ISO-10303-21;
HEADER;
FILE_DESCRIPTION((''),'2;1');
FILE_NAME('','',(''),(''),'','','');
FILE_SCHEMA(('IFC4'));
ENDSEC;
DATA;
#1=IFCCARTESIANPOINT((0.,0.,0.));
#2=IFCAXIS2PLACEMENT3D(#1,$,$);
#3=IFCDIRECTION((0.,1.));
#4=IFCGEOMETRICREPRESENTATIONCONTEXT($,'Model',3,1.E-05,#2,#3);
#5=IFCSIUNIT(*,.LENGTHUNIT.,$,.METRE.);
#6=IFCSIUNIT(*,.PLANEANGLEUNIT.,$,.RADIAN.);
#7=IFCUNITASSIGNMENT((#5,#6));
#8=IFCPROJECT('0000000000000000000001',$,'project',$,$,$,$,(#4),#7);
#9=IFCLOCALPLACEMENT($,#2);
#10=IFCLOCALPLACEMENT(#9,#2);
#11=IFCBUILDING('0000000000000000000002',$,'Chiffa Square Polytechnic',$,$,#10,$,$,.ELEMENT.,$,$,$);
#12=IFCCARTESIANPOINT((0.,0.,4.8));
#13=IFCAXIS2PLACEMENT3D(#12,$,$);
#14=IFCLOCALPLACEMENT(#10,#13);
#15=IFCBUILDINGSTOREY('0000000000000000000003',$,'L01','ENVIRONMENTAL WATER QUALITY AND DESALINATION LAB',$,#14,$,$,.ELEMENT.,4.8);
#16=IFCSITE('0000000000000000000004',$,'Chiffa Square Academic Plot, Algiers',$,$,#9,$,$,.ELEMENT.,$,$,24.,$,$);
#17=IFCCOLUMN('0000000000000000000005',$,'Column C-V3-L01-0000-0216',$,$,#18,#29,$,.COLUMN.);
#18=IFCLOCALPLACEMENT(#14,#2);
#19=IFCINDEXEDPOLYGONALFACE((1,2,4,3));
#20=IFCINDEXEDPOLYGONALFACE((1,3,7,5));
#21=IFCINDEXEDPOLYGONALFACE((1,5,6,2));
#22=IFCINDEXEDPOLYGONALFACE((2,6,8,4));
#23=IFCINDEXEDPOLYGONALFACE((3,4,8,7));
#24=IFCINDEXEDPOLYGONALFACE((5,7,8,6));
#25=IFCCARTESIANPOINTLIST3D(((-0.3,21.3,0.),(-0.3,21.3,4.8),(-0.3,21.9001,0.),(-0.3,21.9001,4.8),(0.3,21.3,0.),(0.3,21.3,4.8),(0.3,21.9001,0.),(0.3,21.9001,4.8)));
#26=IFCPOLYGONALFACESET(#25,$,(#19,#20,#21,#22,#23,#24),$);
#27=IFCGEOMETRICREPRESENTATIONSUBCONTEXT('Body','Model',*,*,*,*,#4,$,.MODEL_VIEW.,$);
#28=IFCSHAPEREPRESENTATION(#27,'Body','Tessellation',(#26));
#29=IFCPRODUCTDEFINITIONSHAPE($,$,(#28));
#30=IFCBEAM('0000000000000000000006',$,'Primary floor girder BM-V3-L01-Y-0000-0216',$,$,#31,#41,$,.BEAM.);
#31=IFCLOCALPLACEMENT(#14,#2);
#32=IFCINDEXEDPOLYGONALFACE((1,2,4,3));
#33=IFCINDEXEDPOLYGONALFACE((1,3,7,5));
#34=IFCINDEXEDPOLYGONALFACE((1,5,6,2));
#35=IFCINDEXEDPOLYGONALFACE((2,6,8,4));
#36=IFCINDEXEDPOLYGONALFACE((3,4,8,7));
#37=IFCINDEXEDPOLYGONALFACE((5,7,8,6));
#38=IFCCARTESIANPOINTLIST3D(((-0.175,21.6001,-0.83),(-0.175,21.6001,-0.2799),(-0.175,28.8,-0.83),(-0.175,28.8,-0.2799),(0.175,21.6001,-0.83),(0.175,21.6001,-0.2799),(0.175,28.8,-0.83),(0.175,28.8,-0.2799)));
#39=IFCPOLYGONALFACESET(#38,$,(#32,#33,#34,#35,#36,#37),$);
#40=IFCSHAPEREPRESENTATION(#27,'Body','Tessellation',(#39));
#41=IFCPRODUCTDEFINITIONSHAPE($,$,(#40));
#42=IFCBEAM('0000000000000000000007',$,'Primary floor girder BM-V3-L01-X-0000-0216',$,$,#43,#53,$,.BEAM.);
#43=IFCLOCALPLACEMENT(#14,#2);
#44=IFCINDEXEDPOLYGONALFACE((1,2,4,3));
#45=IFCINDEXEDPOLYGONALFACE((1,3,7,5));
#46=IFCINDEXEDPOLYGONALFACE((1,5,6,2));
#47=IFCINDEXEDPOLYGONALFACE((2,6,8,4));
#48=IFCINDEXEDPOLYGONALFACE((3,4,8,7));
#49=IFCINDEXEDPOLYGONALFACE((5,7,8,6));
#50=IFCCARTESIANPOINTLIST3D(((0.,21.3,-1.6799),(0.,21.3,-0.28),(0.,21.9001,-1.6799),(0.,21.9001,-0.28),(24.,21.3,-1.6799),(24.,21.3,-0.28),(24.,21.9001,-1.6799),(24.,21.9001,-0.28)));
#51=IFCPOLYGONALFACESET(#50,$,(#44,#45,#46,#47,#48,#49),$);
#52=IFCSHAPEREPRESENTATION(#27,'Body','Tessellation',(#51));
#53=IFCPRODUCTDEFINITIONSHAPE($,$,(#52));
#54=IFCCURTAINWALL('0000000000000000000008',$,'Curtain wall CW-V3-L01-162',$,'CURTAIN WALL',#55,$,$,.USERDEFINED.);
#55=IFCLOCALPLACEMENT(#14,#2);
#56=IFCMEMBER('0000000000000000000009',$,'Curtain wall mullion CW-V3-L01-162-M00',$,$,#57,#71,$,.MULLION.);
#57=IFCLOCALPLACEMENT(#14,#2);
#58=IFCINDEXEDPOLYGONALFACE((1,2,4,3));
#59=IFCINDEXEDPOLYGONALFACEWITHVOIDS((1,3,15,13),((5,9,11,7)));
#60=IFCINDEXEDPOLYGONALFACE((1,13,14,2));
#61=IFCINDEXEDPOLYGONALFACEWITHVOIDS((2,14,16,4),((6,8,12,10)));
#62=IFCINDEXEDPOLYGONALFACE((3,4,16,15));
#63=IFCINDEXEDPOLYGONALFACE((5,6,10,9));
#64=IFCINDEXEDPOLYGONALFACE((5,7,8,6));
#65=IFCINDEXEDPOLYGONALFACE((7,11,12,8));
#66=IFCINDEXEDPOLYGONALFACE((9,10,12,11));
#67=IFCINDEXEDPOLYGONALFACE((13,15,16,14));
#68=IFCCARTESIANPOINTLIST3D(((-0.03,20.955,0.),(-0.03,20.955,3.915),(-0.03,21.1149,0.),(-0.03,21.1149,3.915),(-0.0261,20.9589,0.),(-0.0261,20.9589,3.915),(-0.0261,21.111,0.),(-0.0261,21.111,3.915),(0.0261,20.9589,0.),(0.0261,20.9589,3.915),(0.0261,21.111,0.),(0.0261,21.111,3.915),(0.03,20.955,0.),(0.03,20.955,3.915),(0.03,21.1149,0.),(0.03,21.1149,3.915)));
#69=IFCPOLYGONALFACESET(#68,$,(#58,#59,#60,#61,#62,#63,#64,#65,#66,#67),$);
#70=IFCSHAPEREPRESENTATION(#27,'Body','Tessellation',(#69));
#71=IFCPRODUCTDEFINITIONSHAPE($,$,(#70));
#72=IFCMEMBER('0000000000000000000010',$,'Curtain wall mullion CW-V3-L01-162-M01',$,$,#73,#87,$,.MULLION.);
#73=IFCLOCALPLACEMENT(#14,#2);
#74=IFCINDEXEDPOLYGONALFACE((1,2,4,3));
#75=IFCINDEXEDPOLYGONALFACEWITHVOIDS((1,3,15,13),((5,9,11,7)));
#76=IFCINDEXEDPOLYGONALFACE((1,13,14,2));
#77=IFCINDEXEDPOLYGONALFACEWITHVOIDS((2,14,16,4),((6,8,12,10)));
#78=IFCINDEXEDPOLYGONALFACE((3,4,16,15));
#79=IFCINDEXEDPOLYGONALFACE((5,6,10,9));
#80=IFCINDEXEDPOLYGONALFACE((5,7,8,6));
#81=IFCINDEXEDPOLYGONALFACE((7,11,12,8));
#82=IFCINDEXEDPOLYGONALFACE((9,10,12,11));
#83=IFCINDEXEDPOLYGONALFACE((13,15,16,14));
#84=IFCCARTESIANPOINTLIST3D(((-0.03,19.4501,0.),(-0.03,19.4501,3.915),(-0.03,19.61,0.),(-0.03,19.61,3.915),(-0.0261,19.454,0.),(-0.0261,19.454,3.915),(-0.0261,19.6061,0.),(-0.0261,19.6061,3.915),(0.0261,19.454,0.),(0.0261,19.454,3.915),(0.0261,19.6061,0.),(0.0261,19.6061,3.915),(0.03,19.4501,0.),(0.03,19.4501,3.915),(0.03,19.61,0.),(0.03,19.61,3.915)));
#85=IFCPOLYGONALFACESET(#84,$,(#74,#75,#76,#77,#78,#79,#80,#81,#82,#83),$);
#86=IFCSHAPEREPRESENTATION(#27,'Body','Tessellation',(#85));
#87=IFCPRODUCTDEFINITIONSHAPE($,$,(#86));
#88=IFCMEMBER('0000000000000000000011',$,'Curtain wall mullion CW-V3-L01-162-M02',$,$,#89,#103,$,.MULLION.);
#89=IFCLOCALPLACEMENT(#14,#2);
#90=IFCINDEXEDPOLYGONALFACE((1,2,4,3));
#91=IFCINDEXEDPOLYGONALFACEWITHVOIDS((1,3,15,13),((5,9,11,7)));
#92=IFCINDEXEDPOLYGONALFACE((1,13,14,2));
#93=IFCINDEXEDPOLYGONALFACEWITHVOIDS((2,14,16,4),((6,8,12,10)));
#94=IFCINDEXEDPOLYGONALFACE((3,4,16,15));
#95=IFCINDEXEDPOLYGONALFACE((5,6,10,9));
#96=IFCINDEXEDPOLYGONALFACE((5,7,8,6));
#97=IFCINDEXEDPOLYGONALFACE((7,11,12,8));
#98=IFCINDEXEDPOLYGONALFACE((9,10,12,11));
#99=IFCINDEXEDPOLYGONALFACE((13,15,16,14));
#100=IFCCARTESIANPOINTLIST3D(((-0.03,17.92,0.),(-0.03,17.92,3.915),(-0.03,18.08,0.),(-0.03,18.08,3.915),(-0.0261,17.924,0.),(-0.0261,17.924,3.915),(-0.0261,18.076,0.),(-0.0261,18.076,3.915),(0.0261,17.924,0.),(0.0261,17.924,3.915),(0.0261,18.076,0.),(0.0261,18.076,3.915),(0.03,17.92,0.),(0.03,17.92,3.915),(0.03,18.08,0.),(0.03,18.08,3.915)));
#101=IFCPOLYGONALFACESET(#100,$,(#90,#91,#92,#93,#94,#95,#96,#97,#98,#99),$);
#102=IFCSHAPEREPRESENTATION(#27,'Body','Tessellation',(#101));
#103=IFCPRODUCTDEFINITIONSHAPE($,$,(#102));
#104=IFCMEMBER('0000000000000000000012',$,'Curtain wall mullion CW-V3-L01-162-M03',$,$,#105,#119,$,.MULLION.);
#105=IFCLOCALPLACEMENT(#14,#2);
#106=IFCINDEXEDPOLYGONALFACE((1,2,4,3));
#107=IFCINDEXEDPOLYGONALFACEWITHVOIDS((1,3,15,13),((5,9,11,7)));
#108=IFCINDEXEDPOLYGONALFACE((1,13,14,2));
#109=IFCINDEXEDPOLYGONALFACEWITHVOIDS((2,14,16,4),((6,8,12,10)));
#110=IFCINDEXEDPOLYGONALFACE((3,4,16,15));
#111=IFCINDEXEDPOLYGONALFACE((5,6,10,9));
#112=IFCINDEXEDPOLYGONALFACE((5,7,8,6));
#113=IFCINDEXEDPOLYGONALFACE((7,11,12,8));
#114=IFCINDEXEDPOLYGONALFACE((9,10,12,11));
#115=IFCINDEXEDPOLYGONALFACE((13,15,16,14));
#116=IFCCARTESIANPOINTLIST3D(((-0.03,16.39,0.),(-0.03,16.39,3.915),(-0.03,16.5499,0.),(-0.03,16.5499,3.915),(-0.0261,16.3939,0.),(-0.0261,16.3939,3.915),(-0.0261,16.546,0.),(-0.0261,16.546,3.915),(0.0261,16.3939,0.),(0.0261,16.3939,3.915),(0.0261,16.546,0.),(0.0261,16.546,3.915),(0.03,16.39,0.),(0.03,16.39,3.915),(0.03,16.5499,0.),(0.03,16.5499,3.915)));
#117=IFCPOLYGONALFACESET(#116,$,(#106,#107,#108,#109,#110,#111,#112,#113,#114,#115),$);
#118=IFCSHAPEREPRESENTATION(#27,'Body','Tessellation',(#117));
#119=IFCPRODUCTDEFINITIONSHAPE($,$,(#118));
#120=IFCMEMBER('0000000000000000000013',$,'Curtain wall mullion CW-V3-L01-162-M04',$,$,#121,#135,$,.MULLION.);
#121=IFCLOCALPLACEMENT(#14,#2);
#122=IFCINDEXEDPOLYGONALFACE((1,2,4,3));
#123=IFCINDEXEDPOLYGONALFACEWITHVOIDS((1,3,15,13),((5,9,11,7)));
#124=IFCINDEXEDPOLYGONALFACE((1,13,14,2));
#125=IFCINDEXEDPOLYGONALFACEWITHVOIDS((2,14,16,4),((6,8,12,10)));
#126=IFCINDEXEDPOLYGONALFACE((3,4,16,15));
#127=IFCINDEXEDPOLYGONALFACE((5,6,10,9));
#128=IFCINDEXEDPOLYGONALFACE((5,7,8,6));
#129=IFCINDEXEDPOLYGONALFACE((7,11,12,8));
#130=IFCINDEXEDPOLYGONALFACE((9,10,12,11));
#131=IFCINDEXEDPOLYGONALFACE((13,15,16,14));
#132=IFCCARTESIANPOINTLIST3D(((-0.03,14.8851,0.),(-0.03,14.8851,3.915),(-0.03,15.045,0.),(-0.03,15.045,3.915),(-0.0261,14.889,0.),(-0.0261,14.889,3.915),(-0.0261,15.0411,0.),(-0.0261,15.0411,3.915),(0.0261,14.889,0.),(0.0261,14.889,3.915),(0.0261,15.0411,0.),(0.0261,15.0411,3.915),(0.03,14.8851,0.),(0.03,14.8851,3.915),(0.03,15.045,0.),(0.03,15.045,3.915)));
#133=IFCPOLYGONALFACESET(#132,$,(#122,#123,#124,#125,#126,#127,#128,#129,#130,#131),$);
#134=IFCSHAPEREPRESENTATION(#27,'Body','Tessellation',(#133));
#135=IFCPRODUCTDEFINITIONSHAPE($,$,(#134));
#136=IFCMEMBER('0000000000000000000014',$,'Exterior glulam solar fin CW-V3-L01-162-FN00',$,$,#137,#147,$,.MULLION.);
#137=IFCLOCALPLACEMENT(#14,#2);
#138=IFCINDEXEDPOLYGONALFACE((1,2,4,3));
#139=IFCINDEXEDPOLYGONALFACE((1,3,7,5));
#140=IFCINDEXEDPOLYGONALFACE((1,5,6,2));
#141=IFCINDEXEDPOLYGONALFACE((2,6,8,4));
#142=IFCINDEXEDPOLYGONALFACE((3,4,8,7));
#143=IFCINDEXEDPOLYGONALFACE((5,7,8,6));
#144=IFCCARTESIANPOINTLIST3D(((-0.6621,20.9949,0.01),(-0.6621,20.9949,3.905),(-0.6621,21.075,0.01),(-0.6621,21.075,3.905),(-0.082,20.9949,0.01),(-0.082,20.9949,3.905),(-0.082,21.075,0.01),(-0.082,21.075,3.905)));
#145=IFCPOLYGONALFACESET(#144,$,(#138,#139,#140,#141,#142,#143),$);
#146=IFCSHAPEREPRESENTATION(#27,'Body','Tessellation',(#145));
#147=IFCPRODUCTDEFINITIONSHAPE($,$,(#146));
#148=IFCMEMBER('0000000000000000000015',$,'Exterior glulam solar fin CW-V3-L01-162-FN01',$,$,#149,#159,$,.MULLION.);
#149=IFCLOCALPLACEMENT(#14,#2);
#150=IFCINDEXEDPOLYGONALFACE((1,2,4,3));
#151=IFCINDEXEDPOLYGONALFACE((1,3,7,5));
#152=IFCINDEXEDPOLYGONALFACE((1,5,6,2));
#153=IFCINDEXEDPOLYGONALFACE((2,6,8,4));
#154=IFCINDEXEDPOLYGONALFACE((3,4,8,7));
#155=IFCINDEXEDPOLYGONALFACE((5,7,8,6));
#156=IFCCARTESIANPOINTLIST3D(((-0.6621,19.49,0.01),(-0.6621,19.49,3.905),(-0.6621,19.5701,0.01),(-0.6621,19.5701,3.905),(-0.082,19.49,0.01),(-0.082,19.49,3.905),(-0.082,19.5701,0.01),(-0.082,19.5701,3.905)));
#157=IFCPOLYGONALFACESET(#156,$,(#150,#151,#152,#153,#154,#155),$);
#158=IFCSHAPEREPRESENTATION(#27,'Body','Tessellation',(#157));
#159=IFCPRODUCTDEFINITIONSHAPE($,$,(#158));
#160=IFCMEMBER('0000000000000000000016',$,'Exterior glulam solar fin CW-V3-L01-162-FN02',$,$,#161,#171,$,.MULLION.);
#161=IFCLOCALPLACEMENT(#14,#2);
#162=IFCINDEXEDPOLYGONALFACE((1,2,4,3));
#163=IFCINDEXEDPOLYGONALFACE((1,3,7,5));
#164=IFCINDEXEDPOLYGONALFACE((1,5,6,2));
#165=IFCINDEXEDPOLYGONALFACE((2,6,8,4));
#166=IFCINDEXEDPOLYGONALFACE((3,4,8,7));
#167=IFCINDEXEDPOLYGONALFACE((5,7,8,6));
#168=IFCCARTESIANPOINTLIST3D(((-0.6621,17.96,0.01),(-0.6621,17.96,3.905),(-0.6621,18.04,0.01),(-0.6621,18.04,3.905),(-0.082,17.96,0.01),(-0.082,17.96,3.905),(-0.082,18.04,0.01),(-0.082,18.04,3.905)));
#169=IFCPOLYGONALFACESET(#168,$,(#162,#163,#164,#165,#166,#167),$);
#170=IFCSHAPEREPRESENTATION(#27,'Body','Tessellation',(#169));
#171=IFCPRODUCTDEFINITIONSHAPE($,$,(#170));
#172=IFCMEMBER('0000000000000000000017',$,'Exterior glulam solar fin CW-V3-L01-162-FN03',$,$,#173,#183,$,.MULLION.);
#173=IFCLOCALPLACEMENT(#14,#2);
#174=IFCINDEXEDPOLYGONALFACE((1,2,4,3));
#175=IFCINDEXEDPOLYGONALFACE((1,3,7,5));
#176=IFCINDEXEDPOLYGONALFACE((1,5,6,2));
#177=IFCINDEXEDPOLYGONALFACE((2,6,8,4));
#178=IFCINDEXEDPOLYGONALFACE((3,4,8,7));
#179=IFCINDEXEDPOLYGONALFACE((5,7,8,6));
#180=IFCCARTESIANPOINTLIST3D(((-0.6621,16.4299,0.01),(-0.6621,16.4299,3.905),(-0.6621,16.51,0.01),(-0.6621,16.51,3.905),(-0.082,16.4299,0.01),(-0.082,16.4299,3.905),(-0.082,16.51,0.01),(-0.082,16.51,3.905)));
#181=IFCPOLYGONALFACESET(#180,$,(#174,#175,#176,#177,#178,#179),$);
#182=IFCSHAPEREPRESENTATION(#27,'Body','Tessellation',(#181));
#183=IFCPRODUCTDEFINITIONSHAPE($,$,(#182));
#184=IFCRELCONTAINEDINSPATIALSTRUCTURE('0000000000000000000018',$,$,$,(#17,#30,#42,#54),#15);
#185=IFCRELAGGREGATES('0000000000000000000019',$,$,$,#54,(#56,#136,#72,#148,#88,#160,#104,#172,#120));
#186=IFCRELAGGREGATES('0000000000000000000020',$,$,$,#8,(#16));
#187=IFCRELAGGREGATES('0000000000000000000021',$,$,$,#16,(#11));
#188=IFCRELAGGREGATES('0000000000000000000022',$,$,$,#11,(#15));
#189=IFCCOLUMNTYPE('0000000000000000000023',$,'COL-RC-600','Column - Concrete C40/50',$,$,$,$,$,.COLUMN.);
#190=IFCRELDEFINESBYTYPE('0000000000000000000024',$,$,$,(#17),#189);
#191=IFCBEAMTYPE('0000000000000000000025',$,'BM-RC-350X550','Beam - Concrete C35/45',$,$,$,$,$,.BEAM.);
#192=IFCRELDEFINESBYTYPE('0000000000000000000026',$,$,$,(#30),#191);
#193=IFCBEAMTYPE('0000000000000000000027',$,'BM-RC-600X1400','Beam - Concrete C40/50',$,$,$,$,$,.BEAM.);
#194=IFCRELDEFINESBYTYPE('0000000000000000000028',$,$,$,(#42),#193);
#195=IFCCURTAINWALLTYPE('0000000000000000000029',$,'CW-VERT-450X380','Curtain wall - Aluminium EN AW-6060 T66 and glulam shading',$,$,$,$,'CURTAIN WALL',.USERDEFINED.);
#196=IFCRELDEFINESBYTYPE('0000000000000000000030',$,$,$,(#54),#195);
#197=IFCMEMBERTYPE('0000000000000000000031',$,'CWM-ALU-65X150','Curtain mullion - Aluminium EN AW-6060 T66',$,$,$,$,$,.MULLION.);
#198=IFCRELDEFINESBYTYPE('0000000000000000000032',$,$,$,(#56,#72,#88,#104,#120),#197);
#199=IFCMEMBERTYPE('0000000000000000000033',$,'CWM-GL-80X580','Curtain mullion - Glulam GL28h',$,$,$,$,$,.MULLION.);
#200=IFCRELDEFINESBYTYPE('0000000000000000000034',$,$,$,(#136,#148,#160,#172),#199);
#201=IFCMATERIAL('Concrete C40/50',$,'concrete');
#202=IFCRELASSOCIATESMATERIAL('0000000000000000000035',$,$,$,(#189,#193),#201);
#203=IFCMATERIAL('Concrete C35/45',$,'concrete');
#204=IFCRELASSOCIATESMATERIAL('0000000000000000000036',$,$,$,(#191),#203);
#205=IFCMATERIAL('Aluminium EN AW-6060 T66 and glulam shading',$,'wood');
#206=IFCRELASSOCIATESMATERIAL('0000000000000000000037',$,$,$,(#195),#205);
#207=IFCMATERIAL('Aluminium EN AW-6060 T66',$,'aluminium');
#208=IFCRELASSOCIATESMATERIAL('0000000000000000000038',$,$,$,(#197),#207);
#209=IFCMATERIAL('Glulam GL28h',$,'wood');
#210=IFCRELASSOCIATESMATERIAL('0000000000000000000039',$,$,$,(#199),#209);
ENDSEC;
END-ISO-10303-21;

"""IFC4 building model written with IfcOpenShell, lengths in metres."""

from ifc_helpers import new_model, si_unit, direction, frame, origin, origin_2d, place, context, subcontext, project, spatial, rectangle, hollow_rectangle, extrude, material, material_profile, profile_set, type_object, element, aggregate, save


model = new_model("IFC4")

# Units and contexts
model_context = context("Model", 3, precision=1e-05, world=origin(), true_north=direction((0.0, 1.0)))
body_context = subcontext(model_context, "Body", "Model", "MODEL_VIEW")
ifc_project = project(units=[si_unit("LENGTHUNIT", "METRE"), si_unit("PLANEANGLEUNIT", "RADIAN")], contexts=[model_context])

# Site, building, storey
site_placement = place(None, origin())
site = spatial("IfcSite", under=ifc_project, at=site_placement, Name="Chiffa Square Academic Plot, Algiers", CompositionType="ELEMENT", RefElevation=24.0)
building_placement = place(site_placement, origin())
building = spatial("IfcBuilding", under=site, at=building_placement, Name="Chiffa Square Polytechnic", CompositionType="ELEMENT")
storey_placement = place(building_placement, frame((0.0, 0.0, 4.8)))
storey = spatial("IfcBuildingStorey", under=building, at=storey_placement, Name="L01", Description="ENVIRONMENTAL WATER QUALITY AND DESALINATION LAB", CompositionType="ELEMENT", Elevation=4.8)

# Column
ifc_material_1 = material(Name="Concrete C40/50", Category="concrete")
ifc_material_profile_1 = material_profile(ifc_material_1, rectangle(XDim=0.6001, YDim=0.6001, at=origin_2d()), Name="RC 600x600")
ifc_profile_set_1 = profile_set([ifc_material_profile_1], Name="Concrete C40/50")
column_type = type_object("IfcColumnType", Name="COL-RC-600", Description="Column - Concrete C40/50", PredefinedType="COLUMN", material=ifc_profile_set_1)
column_placement = place(storey_placement, frame((0.0, 21.6001, 0.0), z_axis=(0.0, 0.0, 1.0), x_axis=(1.0, 0.0, 0.0)))
element("IfcColumn", 1, at=column_placement, inside=storey, type_object=column_type, Name="Column C-V3-L01-0000-0216", PredefinedType="COLUMN", context=body_context, shape_type="SweptSolid", body=[
    extrude(rectangle(XDim=0.6001, YDim=0.6001, at=origin_2d()), origin(), (0.0, 0.0, 1.0), 4.8),
])

# Beams
ifc_material_2 = material(Name="Concrete C35/45", Category="concrete")
ifc_material_profile_2 = material_profile(ifc_material_2, rectangle(XDim=0.3501, YDim=0.55, at=origin_2d()), Name="RC 350x550")
ifc_profile_set_2 = profile_set([ifc_material_profile_2], Name="Concrete C35/45")
beam_type_1 = type_object("IfcBeamType", Name="BM-RC-350X550", Description="Beam - Concrete C35/45", PredefinedType="BEAM", material=ifc_profile_set_2)
beam_1_placement = place(storey_placement, frame((0.0, 21.6001, -0.5549), z_axis=(0.0, 1.0, 0.0), x_axis=(-1.0, 0.0, 0.0)))
element("IfcBeam", 2, at=beam_1_placement, inside=storey, type_object=beam_type_1, Name="Primary floor girder BM-V3-L01-Y-0000-0216", PredefinedType="BEAM", context=body_context, shape_type="SweptSolid", body=[
    extrude(rectangle(XDim=0.3501, YDim=0.55, at=origin_2d()), origin(), (0.0, 0.0, 1.0), 7.2),
])
ifc_material_profile_3 = material_profile(ifc_material_1, rectangle(XDim=0.6001, YDim=1.3999, at=origin_2d()), Name="RC 600x1400")
ifc_profile_set_3 = profile_set([ifc_material_profile_3], Name="Concrete C40/50")
beam_type_2 = type_object("IfcBeamType", Name="BM-RC-600X1400", Description="Beam - Concrete C40/50", PredefinedType="BEAM", material=ifc_profile_set_3)
beam_2_placement = place(storey_placement, frame((0.0, 21.6001, -0.98), z_axis=(1.0, 0.0, 0.0), x_axis=(0.0, 1.0, 0.0)))
element("IfcBeam", 3, at=beam_2_placement, inside=storey, type_object=beam_type_2, Name="Primary floor girder BM-V3-L01-X-0000-0216", PredefinedType="BEAM", context=body_context, shape_type="SweptSolid", body=[
    extrude(rectangle(XDim=0.6001, YDim=1.3999, at=origin_2d()), origin(), (0.0, 0.0, 1.0), 24.0),
])

# Curtain wall, members
ifc_material_3 = material(Name="Aluminium EN AW-6060 T66 and glulam shading", Category="wood")
curtain_wall_type = type_object("IfcCurtainWallType", Name="CW-VERT-450X380", Description="Curtain wall - Aluminium EN AW-6060 T66 and glulam shading", ElementType="CURTAIN WALL", PredefinedType="USERDEFINED", material=ifc_material_3)
curtain_wall_placement = place(storey_placement, origin())
curtain_wall = element("IfcCurtainWall", 4, at=curtain_wall_placement, inside=storey, type_object=curtain_wall_type, Name="Curtain wall CW-V3-L01-162", ObjectType="CURTAIN WALL", PredefinedType="USERDEFINED")
ifc_material_4 = material(Name="Aluminium EN AW-6060 T66", Category="aluminium")
ifc_material_profile_4 = material_profile(ifc_material_4, hollow_rectangle(XDim=0.0601, YDim=0.1599, WallThickness=0.0039, at=origin_2d()), Name="ALU 60x160x4")
ifc_profile_set_4 = profile_set([ifc_material_profile_4], Name="Aluminium EN AW-6060 T66")
member_type_1 = type_object("IfcMemberType", Name="CWM-ALU-65X150", Description="Curtain mullion - Aluminium EN AW-6060 T66", PredefinedType="MULLION", material=ifc_profile_set_4)
member_1_placement = place(storey_placement, frame((0.0, 21.0349, 0.0), z_axis=(0.0, 0.0, 1.0), x_axis=(1.0, 0.0, 0.0)))
member_1 = element("IfcMember", 5, at=member_1_placement, type_object=member_type_1, Name="Curtain wall mullion CW-V3-L01-162-M00", PredefinedType="MULLION", context=body_context, shape_type="SweptSolid", body=[
    extrude(hollow_rectangle(XDim=0.0601, YDim=0.1599, WallThickness=0.0039, at=origin_2d()), origin(), (0.0, 0.0, 1.0), 3.915),
])
member_2_placement = place(storey_placement, frame((0.0, 19.53, 0.0), z_axis=(0.0, 0.0, 1.0), x_axis=(1.0, 0.0, 0.0)))
member_2 = element("IfcMember", 6, at=member_2_placement, type_object=member_type_1, Name="Curtain wall mullion CW-V3-L01-162-M01", PredefinedType="MULLION", context=body_context, shape_type="SweptSolid", body=[
    extrude(hollow_rectangle(XDim=0.0601, YDim=0.1599, WallThickness=0.0039, at=origin_2d()), origin(), (0.0, 0.0, 1.0), 3.915),
])
member_3_placement = place(storey_placement, frame((0.0, 18.0, 0.0), z_axis=(0.0, 0.0, 1.0), x_axis=(1.0, 0.0, 0.0)))
member_3 = element("IfcMember", 7, at=member_3_placement, type_object=member_type_1, Name="Curtain wall mullion CW-V3-L01-162-M02", PredefinedType="MULLION", context=body_context, shape_type="SweptSolid", body=[
    extrude(hollow_rectangle(XDim=0.0601, YDim=0.1599, WallThickness=0.0039, at=origin_2d()), origin(), (0.0, 0.0, 1.0), 3.915),
])
member_4_placement = place(storey_placement, frame((0.0, 16.47, 0.0), z_axis=(0.0, 0.0, 1.0), x_axis=(1.0, 0.0, 0.0)))
member_4 = element("IfcMember", 8, at=member_4_placement, type_object=member_type_1, Name="Curtain wall mullion CW-V3-L01-162-M03", PredefinedType="MULLION", context=body_context, shape_type="SweptSolid", body=[
    extrude(hollow_rectangle(XDim=0.0601, YDim=0.1599, WallThickness=0.0039, at=origin_2d()), origin(), (0.0, 0.0, 1.0), 3.915),
])
member_5_placement = place(storey_placement, frame((0.0, 14.9651, 0.0), z_axis=(0.0, 0.0, 1.0), x_axis=(1.0, 0.0, 0.0)))
member_5 = element("IfcMember", 9, at=member_5_placement, type_object=member_type_1, Name="Curtain wall mullion CW-V3-L01-162-M04", PredefinedType="MULLION", context=body_context, shape_type="SweptSolid", body=[
    extrude(hollow_rectangle(XDim=0.0601, YDim=0.1599, WallThickness=0.0039, at=origin_2d()), origin(), (0.0, 0.0, 1.0), 3.915),
])
ifc_material_5 = material(Name="Glulam GL28h", Category="wood")
ifc_material_profile_5 = material_profile(ifc_material_5, rectangle(XDim=0.0801, YDim=0.5801, at=origin_2d()), Name="GL28h 80x580")
ifc_profile_set_5 = profile_set([ifc_material_profile_5], Name="Glulam GL28h")
member_type_2 = type_object("IfcMemberType", Name="CWM-GL-80X580", Description="Curtain mullion - Glulam GL28h", PredefinedType="MULLION", material=ifc_profile_set_5)
member_6_placement = place(storey_placement, frame((-0.3721, 21.0349, 0.01), z_axis=(0.0, 0.0, 1.0), x_axis=(0.0, -1.0, 0.0)))
member_6 = element("IfcMember", 10, at=member_6_placement, type_object=member_type_2, Name="Exterior glulam solar fin CW-V3-L01-162-FN00", PredefinedType="MULLION", context=body_context, shape_type="SweptSolid", body=[
    extrude(rectangle(XDim=0.0801, YDim=0.5801, at=origin_2d()), origin(), (0.0, 0.0, 1.0), 3.895),
])
member_7_placement = place(storey_placement, frame((-0.3721, 19.53, 0.01), z_axis=(0.0, 0.0, 1.0), x_axis=(0.0, -1.0, 0.0)))
member_7 = element("IfcMember", 11, at=member_7_placement, type_object=member_type_2, Name="Exterior glulam solar fin CW-V3-L01-162-FN01", PredefinedType="MULLION", context=body_context, shape_type="SweptSolid", body=[
    extrude(rectangle(XDim=0.0801, YDim=0.5801, at=origin_2d()), origin(), (0.0, 0.0, 1.0), 3.895),
])
member_8_placement = place(storey_placement, frame((-0.3721, 18.0, 0.01), z_axis=(0.0, 0.0, 1.0), x_axis=(0.0, -1.0, 0.0)))
member_8 = element("IfcMember", 12, at=member_8_placement, type_object=member_type_2, Name="Exterior glulam solar fin CW-V3-L01-162-FN02", PredefinedType="MULLION", context=body_context, shape_type="SweptSolid", body=[
    extrude(rectangle(XDim=0.0801, YDim=0.5801, at=origin_2d()), origin(), (0.0, 0.0, 1.0), 3.895),
])
member_9_placement = place(storey_placement, frame((-0.3721, 16.47, 0.01), z_axis=(0.0, 0.0, 1.0), x_axis=(0.0, -1.0, 0.0)))
member_9 = element("IfcMember", 13, at=member_9_placement, type_object=member_type_2, Name="Exterior glulam solar fin CW-V3-L01-162-FN03", PredefinedType="MULLION", context=body_context, shape_type="SweptSolid", body=[
    extrude(rectangle(XDim=0.0801, YDim=0.5801, at=origin_2d()), origin(), (0.0, 0.0, 1.0), 3.895),
])
aggregate(curtain_wall, [member_1, member_6, member_2, member_7, member_3, member_8, member_4, member_9, member_5])

save(model, "model.ifc")
